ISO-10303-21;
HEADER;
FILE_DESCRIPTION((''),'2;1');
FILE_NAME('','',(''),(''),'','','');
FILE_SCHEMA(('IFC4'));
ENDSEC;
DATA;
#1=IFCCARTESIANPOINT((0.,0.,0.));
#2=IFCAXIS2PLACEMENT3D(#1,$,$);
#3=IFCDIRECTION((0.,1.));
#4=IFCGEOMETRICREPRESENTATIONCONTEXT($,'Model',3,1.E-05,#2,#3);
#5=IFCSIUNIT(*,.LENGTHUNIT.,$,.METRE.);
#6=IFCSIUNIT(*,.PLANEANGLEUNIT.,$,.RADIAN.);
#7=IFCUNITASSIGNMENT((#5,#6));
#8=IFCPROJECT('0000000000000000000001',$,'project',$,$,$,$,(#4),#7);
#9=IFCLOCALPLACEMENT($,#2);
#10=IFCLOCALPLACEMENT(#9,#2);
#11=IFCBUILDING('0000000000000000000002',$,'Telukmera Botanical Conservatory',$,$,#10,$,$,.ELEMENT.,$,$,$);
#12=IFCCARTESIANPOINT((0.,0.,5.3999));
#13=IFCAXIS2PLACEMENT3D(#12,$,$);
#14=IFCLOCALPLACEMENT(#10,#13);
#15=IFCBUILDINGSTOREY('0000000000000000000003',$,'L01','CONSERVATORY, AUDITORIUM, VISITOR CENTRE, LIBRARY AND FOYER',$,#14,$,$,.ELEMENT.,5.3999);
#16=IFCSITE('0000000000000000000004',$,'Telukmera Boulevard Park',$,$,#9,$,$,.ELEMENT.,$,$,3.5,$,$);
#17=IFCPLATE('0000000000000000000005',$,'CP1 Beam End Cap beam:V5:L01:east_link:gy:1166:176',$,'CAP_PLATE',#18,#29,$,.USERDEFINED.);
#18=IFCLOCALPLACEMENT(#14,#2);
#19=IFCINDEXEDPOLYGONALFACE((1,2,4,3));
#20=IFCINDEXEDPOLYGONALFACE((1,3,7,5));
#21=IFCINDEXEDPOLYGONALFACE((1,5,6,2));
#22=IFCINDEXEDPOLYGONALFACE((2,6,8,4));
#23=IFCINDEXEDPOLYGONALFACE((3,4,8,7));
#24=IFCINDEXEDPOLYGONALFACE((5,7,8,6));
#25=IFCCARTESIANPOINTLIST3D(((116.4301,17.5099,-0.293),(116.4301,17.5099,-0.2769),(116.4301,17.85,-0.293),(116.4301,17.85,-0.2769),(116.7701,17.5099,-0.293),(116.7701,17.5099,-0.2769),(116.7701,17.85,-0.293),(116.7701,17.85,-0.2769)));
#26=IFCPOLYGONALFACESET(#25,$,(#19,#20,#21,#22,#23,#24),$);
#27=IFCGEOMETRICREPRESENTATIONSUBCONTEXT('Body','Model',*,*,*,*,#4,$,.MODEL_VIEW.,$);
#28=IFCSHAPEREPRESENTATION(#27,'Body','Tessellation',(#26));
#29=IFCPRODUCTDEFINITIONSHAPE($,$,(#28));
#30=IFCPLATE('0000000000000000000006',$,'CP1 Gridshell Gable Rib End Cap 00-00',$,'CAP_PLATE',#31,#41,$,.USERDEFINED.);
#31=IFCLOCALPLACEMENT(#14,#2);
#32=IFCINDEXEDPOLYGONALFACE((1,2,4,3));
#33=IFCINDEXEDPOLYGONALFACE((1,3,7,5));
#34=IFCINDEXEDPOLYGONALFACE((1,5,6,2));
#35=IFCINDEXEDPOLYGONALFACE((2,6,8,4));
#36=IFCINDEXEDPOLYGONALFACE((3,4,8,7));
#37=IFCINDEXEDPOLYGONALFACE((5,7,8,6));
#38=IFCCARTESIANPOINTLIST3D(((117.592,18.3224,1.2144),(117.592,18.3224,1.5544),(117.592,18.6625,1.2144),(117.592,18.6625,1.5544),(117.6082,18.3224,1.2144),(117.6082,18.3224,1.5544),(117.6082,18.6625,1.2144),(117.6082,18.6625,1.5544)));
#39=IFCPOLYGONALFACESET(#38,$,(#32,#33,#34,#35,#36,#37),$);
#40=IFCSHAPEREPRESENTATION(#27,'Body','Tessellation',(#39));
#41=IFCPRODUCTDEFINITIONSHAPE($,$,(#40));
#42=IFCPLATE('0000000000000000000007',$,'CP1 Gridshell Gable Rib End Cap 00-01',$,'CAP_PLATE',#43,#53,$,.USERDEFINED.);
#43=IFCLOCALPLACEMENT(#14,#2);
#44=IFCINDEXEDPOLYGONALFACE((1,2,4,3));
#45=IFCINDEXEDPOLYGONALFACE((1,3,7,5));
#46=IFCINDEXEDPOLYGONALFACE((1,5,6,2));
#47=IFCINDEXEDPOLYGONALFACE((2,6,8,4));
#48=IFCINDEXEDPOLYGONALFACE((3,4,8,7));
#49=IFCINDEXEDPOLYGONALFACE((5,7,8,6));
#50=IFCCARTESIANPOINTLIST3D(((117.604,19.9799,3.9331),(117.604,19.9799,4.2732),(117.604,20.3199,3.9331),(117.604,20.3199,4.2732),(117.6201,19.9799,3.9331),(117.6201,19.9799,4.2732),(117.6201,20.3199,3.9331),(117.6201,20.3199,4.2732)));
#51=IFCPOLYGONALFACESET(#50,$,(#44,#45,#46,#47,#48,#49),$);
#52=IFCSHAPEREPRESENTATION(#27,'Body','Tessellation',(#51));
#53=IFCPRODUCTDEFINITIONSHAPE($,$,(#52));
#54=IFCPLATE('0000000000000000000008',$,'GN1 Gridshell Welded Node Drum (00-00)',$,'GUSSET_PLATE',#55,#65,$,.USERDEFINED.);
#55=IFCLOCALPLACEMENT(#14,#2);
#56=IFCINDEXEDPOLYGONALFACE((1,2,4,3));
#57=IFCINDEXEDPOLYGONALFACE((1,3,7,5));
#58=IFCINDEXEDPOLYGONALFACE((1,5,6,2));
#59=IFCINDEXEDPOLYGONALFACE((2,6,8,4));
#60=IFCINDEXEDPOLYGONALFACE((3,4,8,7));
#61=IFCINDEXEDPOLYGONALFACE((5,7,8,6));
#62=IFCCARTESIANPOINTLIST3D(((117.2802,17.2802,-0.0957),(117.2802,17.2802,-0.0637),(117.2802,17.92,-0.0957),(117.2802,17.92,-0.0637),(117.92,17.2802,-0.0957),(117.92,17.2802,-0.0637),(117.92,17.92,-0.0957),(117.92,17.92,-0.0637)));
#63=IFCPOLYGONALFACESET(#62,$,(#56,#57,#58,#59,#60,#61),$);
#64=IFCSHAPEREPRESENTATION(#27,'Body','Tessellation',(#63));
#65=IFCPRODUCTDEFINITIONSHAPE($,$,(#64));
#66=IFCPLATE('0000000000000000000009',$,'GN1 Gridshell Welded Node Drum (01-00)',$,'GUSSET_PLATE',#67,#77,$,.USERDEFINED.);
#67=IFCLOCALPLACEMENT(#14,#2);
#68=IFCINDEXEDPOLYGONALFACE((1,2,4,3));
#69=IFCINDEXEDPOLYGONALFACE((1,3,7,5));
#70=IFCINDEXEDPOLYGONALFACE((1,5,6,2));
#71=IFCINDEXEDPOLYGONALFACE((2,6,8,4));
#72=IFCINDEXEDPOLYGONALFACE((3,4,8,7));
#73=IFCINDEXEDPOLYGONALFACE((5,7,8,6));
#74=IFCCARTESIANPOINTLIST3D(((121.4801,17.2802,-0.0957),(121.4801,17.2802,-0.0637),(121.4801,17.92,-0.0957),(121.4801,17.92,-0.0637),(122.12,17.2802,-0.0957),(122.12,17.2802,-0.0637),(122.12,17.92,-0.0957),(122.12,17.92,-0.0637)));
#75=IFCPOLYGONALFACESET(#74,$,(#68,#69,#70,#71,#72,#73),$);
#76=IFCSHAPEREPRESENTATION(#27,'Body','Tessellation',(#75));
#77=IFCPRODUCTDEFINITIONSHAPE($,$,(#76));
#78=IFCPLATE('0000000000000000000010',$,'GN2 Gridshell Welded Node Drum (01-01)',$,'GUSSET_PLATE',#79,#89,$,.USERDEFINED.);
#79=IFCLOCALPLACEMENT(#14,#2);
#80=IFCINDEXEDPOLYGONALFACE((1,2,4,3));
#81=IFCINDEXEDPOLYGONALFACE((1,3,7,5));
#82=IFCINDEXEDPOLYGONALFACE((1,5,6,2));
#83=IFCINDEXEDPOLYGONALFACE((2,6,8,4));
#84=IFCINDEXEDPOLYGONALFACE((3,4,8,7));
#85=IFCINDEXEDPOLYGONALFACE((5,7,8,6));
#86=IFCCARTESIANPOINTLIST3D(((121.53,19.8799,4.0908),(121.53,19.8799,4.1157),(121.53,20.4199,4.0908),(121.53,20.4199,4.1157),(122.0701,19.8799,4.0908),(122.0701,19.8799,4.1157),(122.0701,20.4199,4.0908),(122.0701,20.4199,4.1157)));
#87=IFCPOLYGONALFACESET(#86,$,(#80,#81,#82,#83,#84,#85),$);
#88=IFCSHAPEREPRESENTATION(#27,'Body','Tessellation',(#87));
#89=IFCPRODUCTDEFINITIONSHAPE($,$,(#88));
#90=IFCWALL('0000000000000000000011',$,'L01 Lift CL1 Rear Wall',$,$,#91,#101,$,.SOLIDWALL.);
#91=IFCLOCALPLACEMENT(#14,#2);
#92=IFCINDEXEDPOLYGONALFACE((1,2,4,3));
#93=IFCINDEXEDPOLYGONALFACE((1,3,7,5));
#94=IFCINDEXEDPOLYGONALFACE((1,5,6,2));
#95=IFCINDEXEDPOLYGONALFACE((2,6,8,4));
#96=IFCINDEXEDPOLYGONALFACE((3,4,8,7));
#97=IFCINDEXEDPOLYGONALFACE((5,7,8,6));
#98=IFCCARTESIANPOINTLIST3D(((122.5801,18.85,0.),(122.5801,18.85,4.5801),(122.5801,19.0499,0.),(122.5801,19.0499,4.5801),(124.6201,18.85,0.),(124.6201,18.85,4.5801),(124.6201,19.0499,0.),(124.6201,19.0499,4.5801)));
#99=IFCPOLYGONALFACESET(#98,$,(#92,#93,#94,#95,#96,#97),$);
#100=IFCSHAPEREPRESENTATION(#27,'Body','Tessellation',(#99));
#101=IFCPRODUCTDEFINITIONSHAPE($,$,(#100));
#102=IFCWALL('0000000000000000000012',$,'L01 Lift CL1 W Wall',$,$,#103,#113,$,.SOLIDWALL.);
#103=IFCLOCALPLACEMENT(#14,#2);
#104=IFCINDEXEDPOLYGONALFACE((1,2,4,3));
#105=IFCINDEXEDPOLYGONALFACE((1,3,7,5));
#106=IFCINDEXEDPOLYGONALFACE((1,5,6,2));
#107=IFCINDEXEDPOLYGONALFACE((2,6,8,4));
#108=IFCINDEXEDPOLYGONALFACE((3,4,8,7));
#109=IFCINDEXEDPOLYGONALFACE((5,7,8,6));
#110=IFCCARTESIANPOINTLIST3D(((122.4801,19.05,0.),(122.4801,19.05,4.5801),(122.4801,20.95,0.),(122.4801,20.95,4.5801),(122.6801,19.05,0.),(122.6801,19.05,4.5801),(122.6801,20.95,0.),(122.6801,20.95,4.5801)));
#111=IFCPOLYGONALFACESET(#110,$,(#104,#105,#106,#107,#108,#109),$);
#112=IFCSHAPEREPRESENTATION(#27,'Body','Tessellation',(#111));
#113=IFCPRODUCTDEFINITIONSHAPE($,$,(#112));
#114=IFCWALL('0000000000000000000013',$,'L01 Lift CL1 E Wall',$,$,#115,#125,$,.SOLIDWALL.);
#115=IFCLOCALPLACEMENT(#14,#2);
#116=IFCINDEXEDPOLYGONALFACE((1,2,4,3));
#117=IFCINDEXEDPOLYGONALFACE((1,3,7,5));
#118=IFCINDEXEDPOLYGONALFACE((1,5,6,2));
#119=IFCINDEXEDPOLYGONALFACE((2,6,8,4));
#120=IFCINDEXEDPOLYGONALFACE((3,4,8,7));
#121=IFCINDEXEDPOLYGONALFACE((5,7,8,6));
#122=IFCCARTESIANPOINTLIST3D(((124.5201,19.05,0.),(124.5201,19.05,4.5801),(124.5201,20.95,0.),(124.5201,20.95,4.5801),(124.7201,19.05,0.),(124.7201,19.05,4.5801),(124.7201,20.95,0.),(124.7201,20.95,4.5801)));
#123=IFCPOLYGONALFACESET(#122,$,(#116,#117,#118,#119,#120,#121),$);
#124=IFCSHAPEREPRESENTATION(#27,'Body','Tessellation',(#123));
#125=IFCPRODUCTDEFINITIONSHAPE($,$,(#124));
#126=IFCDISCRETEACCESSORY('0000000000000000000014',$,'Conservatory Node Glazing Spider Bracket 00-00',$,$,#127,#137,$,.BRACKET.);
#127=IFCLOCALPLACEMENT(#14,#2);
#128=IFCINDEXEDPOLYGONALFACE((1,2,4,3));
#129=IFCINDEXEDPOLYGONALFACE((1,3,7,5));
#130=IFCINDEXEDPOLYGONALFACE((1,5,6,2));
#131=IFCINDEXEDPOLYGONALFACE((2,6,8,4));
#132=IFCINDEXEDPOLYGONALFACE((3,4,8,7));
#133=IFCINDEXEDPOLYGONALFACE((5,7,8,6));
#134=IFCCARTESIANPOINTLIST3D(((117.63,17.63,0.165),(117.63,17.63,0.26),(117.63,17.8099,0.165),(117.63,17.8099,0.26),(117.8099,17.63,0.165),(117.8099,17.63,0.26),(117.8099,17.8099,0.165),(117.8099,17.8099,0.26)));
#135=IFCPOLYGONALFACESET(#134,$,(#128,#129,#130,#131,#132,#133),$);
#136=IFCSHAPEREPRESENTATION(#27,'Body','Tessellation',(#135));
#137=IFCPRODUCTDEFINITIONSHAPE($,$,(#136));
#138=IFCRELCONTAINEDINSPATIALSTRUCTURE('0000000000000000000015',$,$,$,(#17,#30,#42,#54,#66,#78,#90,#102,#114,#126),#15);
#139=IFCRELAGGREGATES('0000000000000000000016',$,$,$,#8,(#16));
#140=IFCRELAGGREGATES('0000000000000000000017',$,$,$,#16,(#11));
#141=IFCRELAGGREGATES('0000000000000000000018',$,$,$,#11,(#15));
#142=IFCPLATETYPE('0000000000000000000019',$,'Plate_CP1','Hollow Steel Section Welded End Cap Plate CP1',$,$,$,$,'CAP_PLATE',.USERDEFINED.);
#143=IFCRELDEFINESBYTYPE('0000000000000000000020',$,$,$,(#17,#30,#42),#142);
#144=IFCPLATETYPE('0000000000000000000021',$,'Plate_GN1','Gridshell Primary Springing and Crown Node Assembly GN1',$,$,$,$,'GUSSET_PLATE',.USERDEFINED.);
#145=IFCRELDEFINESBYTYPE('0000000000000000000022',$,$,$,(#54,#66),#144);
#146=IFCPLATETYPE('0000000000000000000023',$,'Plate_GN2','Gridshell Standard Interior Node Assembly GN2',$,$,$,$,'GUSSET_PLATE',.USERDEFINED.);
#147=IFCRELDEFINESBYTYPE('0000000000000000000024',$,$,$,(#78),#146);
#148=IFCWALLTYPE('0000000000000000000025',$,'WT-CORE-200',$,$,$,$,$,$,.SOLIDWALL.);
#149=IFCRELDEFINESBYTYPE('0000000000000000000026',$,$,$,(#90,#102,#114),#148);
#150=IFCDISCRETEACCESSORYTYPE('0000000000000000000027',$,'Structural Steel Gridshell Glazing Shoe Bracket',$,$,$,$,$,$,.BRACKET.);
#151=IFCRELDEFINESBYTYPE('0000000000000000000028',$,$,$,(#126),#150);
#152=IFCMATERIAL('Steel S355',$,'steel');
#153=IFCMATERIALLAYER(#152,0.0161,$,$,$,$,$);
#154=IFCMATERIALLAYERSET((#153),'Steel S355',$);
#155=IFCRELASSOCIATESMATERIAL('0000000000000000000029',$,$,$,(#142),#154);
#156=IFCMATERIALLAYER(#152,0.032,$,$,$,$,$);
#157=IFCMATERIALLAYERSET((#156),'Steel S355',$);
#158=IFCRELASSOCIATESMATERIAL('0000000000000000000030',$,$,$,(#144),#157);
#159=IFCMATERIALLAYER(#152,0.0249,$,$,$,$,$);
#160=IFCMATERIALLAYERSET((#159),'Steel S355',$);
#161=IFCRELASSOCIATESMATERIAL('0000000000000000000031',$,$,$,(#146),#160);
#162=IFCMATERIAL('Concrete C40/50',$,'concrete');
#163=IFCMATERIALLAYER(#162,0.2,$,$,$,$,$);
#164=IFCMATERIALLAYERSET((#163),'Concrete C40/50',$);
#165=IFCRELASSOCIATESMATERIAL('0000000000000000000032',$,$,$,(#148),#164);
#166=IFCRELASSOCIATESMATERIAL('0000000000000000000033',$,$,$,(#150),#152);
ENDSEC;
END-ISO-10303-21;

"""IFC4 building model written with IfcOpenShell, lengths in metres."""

from ifc_helpers import new_model, si_unit, direction, frame, frame_2d, origin, origin_2d, place, context, subcontext, project, spatial, rectangle, extrude, material, layer, layer_set, type_object, element, save


model = new_model("IFC4")

# Units and contexts
model_context = context("Model", 3, precision=1e-05, world=origin(), true_north=direction((0.0, 1.0)))
body_context = subcontext(model_context, "Body", "Model", "MODEL_VIEW")
ifc_project = project(units=[si_unit("LENGTHUNIT", "METRE"), si_unit("PLANEANGLEUNIT", "RADIAN")], contexts=[model_context])

# Site, building, storey
site_placement = place(None, origin())
site = spatial("IfcSite", under=ifc_project, at=site_placement, Name="Telukmera Boulevard Park", CompositionType="ELEMENT", RefElevation=3.5)
building_placement = place(site_placement, origin())
building = spatial("IfcBuilding", under=site, at=building_placement, Name="Telukmera Botanical Conservatory", CompositionType="ELEMENT")
storey_placement = place(building_placement, frame((0.0, 0.0, 5.3999)))
storey = spatial("IfcBuildingStorey", under=building, at=storey_placement, Name="L01", Description="CONSERVATORY, AUDITORIUM, VISITOR CENTRE, LIBRARY AND FOYER", CompositionType="ELEMENT", Elevation=5.3999)

# Shared definitions
ifc_material_1 = material(Name="Steel S355", Category="steel")
ifc_material_2 = material(Name="Concrete C40/50", Category="concrete")

# Plates
ifc_layer_1 = layer(ifc_material_1, 0.0161)
ifc_layer_set_1 = layer_set([ifc_layer_1], Name="Steel S355")
plate_type_1 = type_object("IfcPlateType", Name="Plate_CP1", Description="Hollow Steel Section Welded End Cap Plate CP1", ElementType="CAP_PLATE", PredefinedType="USERDEFINED", material=ifc_layer_set_1)
plate_1_placement = place(storey_placement, frame((116.6001, 17.6799, -0.293), z_axis=(0.0, 0.0, 1.0), x_axis=(1.0, 0.0, 0.0)))
element("IfcPlate", 1, at=plate_1_placement, inside=storey, type_object=plate_type_1, Name="CP1 Beam End Cap beam:V5:L01:east_link:gy:1166:176", ObjectType="CAP_PLATE", PredefinedType="USERDEFINED", context=body_context, shape_type="SweptSolid", body=[
    extrude(rectangle(XDim=0.3401, YDim=0.3401, at=origin_2d()), origin(), (0.0, 0.0, 1.0), 0.0161),
])
for number, where, z_axis, x_axis, name in (
    (2, (117.6001, 18.4924, 1.2144), (0.0, 0.0, 1.0), (1.0, 0.0, 0.0), "CP1 Gridshell Gable Rib End Cap 00-00"),
    (3, (117.6121, 20.1499, 3.9331), (0.0, 0.0, 1.0), (1.0, 0.0, 0.0), "CP1 Gridshell Gable Rib End Cap 00-01"),
):
    element("IfcPlate", number, at=place(storey_placement, frame(where, z_axis=z_axis, x_axis=x_axis)), inside=storey, type_object=plate_type_1, Name=name, ObjectType="CAP_PLATE", PredefinedType="USERDEFINED", context=body_context, shape_type="SweptSolid", body=[
        extrude(rectangle(XDim=0.0161, YDim=0.3401, at=origin_2d()), origin(), (0.0, 0.0, 1.0), 0.3401),
    ])
ifc_layer_2 = layer(ifc_material_1, 0.032)
ifc_layer_set_2 = layer_set([ifc_layer_2], Name="Steel S355")
plate_type_2 = type_object("IfcPlateType", Name="Plate_GN1", Description="Gridshell Primary Springing and Crown Node Assembly GN1", ElementType="GUSSET_PLATE", PredefinedType="USERDEFINED", material=ifc_layer_set_2)
for number, where, z_axis, x_axis, name in (
    (4, (117.6001, 17.6001, -0.0957), (0.0, 0.0, 1.0), (1.0, 0.0, 0.0), "GN1 Gridshell Welded Node Drum (00-00)"),
    (5, (121.8, 17.6001, -0.0957), (0.0, 0.0, 1.0), (1.0, 0.0, 0.0), "GN1 Gridshell Welded Node Drum (01-00)"),
):
    element("IfcPlate", number, at=place(storey_placement, frame(where, z_axis=z_axis, x_axis=x_axis)), inside=storey, type_object=plate_type_2, Name=name, ObjectType="GUSSET_PLATE", PredefinedType="USERDEFINED", context=body_context, shape_type="SweptSolid", body=[
        extrude(rectangle(XDim=0.6399, YDim=0.6399, at=origin_2d()), origin(), (0.0, 0.0, 1.0), 0.032),
    ])
ifc_layer_3 = layer(ifc_material_1, 0.0249)
ifc_layer_set_3 = layer_set([ifc_layer_3], Name="Steel S355")
plate_type_3 = type_object("IfcPlateType", Name="Plate_GN2", Description="Gridshell Standard Interior Node Assembly GN2", ElementType="GUSSET_PLATE", PredefinedType="USERDEFINED", material=ifc_layer_set_3)
plate_2_placement = place(storey_placement, frame((121.8, 20.1499, 4.0908), z_axis=(0.0, 0.0, 1.0), x_axis=(1.0, 0.0, 0.0)))
element("IfcPlate", 6, at=plate_2_placement, inside=storey, type_object=plate_type_3, Name="GN2 Gridshell Welded Node Drum (01-01)", ObjectType="GUSSET_PLATE", PredefinedType="USERDEFINED", context=body_context, shape_type="SweptSolid", body=[
    extrude(rectangle(XDim=0.54, YDim=0.54, at=origin_2d()), origin(), (0.0, 0.0, 1.0), 0.0249),
])

# Walls
ifc_layer_4 = layer(ifc_material_2, 0.2)
ifc_layer_set_4 = layer_set([ifc_layer_4], Name="Concrete C40/50")
wall_type = type_object("IfcWallType", Name="WT-CORE-200", PredefinedType="SOLIDWALL", material=ifc_layer_set_4)
wall_placement = place(storey_placement, frame((122.5801, 18.95, 0.0), z_axis=(0.0, 0.0, 1.0), x_axis=(1.0, 0.0, 0.0)))
element("IfcWall", 7, at=wall_placement, inside=storey, type_object=wall_type, Name="L01 Lift CL1 Rear Wall", PredefinedType="SOLIDWALL", context=body_context, shape_type="SweptSolid", body=[
    extrude(rectangle(XDim=2.04, YDim=0.2, at=frame_2d((1.02, 0.0))), origin(), (0.0, 0.0, 1.0), 4.5801),
])
for number, where, z_axis, x_axis, name in (
    (8, (122.5801, 19.05, 0.0), (0.0, 0.0, 1.0), (0.0, 1.0, 0.0), "L01 Lift CL1 W Wall"),
    (9, (124.6201, 19.05, 0.0), (0.0, 0.0, 1.0), (0.0, 1.0, 0.0), "L01 Lift CL1 E Wall"),
):
    element("IfcWall", number, at=place(storey_placement, frame(where, z_axis=z_axis, x_axis=x_axis)), inside=storey, type_object=wall_type, Name=name, PredefinedType="SOLIDWALL", context=body_context, shape_type="SweptSolid", body=[
        extrude(rectangle(XDim=1.8999, YDim=0.2, at=frame_2d((0.95, 0.0))), origin(), (0.0, 0.0, 1.0), 4.5801),
    ])

# Discrete accessory
discrete_accessory_type = type_object("IfcDiscreteAccessoryType", Name="Structural Steel Gridshell Glazing Shoe Bracket", PredefinedType="BRACKET", material=ifc_material_1)
discrete_accessory_placement = place(storey_placement, frame((117.72, 17.72, 0.165), z_axis=(0.0, 0.0, 1.0), x_axis=(1.0, 0.0, 0.0)))
element("IfcDiscreteAccessory", 10, at=discrete_accessory_placement, inside=storey, type_object=discrete_accessory_type, Name="Conservatory Node Glazing Spider Bracket 00-00", PredefinedType="BRACKET", context=body_context, shape_type="SweptSolid", body=[
    extrude(rectangle(XDim=0.1799, YDim=0.1799, at=origin_2d()), origin(), (0.0, 0.0, 1.0), 0.095),
])

save(model, "model.ifc")
